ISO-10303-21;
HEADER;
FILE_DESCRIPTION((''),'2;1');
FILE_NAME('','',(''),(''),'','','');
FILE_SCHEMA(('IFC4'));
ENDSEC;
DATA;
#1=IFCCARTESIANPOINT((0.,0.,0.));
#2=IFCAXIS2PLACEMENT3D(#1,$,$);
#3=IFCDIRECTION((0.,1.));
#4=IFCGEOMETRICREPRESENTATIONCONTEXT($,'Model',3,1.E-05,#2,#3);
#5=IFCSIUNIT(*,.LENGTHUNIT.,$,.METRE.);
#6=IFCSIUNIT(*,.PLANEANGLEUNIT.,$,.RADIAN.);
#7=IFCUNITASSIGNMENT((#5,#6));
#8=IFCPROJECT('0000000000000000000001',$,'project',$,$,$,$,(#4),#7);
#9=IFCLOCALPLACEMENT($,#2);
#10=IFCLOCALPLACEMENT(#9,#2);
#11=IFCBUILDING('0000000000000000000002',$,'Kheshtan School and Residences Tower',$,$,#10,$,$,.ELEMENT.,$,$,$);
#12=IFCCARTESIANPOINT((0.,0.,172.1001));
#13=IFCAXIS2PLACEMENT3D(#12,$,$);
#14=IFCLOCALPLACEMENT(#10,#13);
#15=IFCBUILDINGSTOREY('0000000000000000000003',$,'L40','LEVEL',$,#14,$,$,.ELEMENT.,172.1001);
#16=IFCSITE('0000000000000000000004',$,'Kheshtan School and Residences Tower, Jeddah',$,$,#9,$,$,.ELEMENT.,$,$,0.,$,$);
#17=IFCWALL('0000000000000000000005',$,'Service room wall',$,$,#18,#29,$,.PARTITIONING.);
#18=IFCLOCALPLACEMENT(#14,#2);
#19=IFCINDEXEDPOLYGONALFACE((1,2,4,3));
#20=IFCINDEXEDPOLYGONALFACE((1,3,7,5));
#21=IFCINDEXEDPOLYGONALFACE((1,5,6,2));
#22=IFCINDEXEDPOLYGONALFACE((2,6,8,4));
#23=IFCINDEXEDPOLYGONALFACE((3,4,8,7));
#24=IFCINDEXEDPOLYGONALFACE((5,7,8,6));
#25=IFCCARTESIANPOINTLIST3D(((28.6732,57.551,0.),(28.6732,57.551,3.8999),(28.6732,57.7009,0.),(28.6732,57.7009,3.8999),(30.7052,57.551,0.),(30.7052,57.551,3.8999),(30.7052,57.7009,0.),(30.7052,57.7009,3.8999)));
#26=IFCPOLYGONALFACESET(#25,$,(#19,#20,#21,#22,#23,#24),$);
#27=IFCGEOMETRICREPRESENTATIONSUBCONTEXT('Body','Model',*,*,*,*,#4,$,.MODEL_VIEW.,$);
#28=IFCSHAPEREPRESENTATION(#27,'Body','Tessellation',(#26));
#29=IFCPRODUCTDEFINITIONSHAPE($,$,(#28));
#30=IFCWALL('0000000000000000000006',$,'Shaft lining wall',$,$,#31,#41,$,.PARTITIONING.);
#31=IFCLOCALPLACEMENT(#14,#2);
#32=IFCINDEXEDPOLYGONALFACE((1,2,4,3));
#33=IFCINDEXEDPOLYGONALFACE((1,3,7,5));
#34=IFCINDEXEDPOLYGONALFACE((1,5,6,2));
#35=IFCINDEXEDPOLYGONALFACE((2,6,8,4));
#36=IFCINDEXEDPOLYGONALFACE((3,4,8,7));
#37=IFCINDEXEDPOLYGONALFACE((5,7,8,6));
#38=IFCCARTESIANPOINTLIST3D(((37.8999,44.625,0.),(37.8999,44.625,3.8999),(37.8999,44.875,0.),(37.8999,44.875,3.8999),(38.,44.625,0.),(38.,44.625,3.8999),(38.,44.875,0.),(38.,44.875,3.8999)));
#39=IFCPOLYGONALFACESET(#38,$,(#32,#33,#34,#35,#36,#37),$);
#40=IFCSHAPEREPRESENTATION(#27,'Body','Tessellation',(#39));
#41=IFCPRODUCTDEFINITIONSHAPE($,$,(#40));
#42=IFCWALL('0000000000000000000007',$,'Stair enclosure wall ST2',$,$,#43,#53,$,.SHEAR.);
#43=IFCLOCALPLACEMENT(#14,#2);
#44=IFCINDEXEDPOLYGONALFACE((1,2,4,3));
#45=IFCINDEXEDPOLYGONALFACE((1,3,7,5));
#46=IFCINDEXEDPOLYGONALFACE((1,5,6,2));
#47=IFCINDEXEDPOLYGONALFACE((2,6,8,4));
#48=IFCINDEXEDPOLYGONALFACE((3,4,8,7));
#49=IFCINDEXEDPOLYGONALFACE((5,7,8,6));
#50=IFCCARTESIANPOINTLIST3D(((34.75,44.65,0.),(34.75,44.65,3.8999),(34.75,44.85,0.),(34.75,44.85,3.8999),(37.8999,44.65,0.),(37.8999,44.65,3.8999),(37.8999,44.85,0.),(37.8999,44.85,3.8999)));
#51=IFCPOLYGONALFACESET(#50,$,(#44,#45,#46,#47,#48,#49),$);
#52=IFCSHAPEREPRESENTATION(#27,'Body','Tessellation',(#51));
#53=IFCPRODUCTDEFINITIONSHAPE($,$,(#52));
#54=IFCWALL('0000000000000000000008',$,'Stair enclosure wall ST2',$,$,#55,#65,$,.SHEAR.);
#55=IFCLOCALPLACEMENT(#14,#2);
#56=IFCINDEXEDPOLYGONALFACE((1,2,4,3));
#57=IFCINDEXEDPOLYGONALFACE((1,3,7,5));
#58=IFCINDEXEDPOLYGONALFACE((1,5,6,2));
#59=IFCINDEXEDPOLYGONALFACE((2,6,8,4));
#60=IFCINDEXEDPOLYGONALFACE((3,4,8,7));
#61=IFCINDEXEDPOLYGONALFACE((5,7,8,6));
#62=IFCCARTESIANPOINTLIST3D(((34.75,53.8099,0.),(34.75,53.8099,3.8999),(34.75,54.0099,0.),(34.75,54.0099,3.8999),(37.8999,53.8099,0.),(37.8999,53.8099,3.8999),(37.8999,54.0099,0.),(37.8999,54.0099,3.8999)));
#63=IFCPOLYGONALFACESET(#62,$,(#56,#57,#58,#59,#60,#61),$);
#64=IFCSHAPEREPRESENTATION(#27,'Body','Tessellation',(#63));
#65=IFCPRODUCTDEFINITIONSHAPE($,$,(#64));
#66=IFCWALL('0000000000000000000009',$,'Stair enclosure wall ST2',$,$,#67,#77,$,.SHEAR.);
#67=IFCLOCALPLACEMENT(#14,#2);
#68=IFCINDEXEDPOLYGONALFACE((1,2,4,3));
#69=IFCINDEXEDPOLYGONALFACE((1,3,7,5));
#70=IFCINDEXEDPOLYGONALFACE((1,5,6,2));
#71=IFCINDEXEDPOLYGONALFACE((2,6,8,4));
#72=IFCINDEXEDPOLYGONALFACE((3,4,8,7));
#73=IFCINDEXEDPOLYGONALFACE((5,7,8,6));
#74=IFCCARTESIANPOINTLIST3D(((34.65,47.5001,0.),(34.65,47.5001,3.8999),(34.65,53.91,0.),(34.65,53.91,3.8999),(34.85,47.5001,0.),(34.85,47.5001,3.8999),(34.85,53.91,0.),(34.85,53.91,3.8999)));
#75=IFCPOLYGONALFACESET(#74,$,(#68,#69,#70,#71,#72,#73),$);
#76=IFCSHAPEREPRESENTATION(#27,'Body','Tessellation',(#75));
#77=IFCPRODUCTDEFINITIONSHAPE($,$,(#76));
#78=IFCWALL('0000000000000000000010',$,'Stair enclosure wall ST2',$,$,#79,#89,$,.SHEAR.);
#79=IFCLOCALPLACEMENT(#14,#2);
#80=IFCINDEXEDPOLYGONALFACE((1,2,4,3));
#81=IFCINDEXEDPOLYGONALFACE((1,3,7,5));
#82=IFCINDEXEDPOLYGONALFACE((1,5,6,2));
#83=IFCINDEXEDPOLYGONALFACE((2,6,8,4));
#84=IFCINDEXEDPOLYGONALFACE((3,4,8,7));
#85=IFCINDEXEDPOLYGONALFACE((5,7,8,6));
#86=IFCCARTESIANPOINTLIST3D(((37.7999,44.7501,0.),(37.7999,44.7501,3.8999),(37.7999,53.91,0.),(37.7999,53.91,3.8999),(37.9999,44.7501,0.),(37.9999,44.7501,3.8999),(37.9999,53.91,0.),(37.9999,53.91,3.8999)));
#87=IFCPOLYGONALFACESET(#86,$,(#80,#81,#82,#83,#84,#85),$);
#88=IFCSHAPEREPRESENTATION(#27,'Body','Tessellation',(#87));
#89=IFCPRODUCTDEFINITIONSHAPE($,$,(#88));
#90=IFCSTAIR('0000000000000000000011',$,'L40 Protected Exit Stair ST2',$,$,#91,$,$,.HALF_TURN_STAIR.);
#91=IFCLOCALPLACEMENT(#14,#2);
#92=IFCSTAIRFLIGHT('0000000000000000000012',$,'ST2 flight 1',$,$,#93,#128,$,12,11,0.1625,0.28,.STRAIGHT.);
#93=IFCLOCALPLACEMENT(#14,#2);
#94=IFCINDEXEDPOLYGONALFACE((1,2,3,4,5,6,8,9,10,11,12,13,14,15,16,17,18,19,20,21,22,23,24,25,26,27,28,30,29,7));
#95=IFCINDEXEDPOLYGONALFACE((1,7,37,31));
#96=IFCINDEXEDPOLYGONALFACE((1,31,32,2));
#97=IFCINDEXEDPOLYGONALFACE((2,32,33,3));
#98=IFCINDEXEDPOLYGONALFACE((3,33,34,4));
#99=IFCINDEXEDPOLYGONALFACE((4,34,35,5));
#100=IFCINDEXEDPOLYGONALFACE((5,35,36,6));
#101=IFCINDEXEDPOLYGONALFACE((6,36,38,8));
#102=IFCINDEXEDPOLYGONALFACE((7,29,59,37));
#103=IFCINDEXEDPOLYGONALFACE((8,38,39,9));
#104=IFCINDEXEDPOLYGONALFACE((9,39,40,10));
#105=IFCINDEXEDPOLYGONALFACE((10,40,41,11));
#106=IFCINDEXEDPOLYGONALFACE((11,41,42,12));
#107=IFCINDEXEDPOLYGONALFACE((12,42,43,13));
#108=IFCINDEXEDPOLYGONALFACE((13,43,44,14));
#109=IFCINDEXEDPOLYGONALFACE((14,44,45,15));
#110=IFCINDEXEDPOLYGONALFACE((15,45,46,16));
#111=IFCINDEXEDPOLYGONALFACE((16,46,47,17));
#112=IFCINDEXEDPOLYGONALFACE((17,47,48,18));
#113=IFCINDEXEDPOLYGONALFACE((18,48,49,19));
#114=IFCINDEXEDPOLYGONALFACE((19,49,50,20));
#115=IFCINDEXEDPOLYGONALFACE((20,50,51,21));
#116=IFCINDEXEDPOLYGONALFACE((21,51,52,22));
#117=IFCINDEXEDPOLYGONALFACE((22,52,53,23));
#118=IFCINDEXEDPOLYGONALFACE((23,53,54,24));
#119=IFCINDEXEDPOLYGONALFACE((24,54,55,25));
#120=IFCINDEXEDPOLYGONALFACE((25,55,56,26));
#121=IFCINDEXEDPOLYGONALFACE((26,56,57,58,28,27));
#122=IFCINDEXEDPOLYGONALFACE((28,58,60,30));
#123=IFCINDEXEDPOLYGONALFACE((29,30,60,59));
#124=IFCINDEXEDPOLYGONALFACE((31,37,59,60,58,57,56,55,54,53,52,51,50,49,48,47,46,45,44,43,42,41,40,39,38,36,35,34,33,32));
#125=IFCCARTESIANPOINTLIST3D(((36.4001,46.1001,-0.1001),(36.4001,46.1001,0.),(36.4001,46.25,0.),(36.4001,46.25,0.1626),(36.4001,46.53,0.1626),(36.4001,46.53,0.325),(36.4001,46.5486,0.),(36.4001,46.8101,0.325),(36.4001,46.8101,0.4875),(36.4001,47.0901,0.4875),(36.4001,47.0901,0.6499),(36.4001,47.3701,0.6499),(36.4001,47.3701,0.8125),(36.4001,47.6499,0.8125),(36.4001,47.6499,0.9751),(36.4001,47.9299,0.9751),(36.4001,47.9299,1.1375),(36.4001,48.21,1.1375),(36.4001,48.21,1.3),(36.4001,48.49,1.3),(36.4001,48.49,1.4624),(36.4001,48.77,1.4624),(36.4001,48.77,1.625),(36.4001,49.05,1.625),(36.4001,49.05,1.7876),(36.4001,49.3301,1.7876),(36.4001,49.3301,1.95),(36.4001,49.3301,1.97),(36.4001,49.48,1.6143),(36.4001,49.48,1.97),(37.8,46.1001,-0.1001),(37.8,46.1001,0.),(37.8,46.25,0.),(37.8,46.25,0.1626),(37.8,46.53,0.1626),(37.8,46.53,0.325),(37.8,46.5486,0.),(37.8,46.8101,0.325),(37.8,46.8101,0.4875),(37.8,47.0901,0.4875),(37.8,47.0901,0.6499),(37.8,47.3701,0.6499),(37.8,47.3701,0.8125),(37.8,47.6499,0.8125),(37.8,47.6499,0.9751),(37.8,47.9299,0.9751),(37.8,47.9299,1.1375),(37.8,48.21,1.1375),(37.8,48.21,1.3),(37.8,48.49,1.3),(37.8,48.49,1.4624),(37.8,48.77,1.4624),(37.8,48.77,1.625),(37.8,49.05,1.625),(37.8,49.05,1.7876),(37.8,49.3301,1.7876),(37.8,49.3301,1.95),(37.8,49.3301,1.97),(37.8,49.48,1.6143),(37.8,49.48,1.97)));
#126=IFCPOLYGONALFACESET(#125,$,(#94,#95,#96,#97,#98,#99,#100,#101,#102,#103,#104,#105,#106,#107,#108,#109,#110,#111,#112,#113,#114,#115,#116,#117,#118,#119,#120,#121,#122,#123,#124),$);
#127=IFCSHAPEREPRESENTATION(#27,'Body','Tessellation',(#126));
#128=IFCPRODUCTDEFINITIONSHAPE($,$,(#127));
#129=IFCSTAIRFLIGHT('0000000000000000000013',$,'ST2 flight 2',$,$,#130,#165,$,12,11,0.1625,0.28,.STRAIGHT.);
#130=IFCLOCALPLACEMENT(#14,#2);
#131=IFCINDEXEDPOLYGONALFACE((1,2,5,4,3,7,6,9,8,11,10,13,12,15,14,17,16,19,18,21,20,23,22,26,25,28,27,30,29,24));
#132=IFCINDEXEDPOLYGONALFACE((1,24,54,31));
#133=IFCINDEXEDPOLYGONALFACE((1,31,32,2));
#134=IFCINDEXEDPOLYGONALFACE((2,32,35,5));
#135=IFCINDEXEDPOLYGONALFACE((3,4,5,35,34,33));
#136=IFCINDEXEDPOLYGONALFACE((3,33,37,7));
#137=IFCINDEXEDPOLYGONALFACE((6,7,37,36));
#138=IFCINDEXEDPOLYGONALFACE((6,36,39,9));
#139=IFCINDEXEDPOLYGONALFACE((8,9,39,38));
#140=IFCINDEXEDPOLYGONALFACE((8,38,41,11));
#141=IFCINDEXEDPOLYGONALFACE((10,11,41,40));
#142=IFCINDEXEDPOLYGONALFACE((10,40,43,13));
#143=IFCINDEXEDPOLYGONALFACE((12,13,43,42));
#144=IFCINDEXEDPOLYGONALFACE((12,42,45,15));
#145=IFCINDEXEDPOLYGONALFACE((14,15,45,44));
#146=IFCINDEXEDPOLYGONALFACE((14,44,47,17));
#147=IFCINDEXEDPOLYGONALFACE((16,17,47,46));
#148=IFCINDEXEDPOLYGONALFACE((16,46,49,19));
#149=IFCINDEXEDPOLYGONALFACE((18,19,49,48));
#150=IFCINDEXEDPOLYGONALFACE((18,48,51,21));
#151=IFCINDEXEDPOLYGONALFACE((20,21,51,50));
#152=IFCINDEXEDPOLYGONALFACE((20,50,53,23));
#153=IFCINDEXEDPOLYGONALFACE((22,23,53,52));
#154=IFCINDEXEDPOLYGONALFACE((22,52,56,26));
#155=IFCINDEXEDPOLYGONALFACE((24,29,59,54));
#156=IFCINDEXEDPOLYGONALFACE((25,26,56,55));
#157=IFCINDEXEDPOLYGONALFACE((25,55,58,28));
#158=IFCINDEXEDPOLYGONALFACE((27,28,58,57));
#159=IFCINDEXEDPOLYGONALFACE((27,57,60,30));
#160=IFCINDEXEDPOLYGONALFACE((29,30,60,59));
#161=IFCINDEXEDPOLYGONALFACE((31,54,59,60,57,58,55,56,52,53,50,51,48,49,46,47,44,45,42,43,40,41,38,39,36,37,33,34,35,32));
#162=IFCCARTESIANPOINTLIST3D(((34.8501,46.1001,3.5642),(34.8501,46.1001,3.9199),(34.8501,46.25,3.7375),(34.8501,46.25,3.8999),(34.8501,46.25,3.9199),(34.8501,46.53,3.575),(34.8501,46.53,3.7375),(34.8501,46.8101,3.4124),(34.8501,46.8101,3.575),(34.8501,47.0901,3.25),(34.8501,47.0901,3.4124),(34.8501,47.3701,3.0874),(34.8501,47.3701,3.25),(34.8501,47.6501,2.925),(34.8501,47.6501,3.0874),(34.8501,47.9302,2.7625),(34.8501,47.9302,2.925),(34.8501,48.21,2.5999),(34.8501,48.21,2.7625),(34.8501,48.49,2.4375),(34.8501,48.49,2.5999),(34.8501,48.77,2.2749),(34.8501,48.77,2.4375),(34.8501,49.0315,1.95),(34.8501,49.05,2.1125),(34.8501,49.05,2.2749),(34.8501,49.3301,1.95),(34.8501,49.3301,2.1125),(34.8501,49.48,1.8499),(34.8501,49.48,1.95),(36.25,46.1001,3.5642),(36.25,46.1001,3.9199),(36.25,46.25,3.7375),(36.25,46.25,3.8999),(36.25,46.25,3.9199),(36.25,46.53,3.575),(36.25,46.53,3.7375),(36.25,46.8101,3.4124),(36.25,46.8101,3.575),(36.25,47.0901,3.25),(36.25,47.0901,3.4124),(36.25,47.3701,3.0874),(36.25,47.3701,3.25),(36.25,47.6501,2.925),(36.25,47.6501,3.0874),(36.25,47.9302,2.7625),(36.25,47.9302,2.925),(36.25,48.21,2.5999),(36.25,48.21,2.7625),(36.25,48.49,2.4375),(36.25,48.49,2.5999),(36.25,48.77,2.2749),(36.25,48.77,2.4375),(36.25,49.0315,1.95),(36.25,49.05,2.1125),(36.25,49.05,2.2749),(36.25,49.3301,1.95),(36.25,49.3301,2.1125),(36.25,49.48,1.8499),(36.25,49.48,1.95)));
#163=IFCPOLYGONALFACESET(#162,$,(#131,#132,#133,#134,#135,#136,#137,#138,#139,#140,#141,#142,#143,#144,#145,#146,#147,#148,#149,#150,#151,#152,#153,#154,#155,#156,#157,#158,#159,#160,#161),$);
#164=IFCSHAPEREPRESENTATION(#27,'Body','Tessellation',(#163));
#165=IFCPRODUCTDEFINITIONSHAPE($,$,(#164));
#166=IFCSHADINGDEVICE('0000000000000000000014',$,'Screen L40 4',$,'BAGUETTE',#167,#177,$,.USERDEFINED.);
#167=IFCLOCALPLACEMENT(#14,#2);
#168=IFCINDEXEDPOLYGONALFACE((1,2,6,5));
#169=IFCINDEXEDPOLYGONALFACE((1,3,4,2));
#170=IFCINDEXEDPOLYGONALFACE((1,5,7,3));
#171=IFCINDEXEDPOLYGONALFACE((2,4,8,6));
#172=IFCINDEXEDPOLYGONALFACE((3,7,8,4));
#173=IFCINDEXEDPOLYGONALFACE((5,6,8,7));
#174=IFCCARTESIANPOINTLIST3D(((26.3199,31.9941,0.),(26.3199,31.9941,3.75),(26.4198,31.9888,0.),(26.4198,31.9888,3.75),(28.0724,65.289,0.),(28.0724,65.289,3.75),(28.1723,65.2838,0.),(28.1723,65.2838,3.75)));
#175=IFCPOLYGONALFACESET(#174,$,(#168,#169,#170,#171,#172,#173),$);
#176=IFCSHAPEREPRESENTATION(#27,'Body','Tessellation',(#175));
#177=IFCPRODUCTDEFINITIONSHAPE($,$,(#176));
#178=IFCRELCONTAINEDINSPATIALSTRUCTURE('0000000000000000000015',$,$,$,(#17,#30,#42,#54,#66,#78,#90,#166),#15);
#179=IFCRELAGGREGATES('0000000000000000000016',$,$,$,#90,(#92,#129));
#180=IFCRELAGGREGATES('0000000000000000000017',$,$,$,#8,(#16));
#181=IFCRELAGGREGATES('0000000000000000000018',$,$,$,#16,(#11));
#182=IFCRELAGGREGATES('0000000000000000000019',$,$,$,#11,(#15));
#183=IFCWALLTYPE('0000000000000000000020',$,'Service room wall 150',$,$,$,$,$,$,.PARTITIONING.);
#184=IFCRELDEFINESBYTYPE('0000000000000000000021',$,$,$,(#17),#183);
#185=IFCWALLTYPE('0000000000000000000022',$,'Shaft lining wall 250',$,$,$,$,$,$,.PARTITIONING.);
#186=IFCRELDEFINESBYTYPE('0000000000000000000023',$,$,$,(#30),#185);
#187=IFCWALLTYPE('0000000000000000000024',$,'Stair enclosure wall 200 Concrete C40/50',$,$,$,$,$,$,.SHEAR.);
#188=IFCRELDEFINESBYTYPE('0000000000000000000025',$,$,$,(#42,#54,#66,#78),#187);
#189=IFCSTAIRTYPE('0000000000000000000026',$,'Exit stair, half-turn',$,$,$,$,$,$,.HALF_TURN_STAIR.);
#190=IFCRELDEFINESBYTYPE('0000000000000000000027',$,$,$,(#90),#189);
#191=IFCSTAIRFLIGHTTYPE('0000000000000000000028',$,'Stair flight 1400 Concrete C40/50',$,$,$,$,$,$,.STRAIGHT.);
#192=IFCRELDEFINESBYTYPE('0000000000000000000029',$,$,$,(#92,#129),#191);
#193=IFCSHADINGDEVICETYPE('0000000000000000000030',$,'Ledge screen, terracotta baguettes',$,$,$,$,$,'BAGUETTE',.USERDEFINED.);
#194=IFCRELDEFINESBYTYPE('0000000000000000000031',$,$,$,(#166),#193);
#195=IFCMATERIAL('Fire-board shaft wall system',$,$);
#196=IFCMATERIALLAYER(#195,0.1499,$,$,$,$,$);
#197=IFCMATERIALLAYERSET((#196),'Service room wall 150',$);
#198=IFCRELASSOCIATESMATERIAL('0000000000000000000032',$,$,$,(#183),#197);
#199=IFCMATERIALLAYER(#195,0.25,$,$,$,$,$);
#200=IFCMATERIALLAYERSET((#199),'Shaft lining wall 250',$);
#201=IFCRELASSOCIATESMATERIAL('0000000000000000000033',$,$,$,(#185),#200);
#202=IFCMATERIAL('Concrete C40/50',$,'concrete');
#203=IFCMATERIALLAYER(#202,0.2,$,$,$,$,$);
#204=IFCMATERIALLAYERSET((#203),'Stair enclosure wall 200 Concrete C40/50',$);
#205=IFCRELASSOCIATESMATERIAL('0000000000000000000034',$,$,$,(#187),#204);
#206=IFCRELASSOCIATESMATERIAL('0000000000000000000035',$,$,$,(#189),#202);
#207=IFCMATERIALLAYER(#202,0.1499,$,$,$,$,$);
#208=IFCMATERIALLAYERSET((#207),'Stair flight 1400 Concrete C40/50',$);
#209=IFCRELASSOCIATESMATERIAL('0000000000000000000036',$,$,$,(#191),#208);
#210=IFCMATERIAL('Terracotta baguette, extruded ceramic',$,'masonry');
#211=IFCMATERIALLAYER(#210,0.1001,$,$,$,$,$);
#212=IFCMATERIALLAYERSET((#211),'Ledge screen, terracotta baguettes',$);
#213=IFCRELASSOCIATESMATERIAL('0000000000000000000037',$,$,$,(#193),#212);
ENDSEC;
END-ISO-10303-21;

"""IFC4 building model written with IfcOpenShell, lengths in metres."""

from ifc_helpers import new_model, si_unit, direction, frame, frame_2d, origin, origin_2d, place, context, subcontext, project, spatial, polyline, rectangle, outline, extrude, material, layer, layer_set, type_object, element, aggregate, save


model = new_model("IFC4")

# Units and contexts
model_context = context("Model", 3, precision=1e-05, world=origin(), true_north=direction((0.0, 1.0)))
body_context = subcontext(model_context, "Body", "Model", "MODEL_VIEW")
ifc_project = project(units=[si_unit("LENGTHUNIT", "METRE"), si_unit("PLANEANGLEUNIT", "RADIAN")], contexts=[model_context])

# Site, building, storey
site_placement = place(None, origin())
site = spatial("IfcSite", under=ifc_project, at=site_placement, Name="Kheshtan School and Residences Tower, Jeddah", CompositionType="ELEMENT", RefElevation=0.0)
building_placement = place(site_placement, origin())
building = spatial("IfcBuilding", under=site, at=building_placement, Name="Kheshtan School and Residences Tower", CompositionType="ELEMENT")
storey_placement = place(building_placement, frame((0.0, 0.0, 172.1001)))
storey = spatial("IfcBuildingStorey", under=building, at=storey_placement, Name="L40", Description="LEVEL", CompositionType="ELEMENT", Elevation=172.1001)

# Shared definitions
ifc_material_1 = material(Name="Fire-board shaft wall system")
ifc_layer_1 = layer(ifc_material_1, 0.1499)
ifc_layer_set_1 = layer_set([ifc_layer_1], Name="Service room wall 150")
wall_type_1 = type_object("IfcWallType", Name="Service room wall 150", PredefinedType="PARTITIONING", material=ifc_layer_set_1)

# Walls
wall_1_placement = place(storey_placement, frame((28.6731, 57.626, 0.0), z_axis=(0.0, 0.0, 1.0), x_axis=(1.0, 0.0, 0.0)))
element("IfcWall", 1, at=wall_1_placement, inside=storey, type_object=wall_type_1, Name="Service room wall", PredefinedType="PARTITIONING", context=body_context, shape_type="SweptSolid", body=[
    extrude(rectangle(XDim=2.032, YDim=0.1499, at=frame_2d((1.0161, 0.0))), origin(), (0.0, 0.0, 1.0), 3.8999),
])
ifc_layer_2 = layer(ifc_material_1, 0.25)
ifc_layer_set_2 = layer_set([ifc_layer_2], Name="Shaft lining wall 250")
wall_type_2 = type_object("IfcWallType", Name="Shaft lining wall 250", PredefinedType="PARTITIONING", material=ifc_layer_set_2)
wall_2_placement = place(storey_placement, frame((37.8999, 44.75, 0.0), z_axis=(0.0, 0.0, 1.0), x_axis=(1.0, 0.0, 0.0)))
element("IfcWall", 2, at=wall_2_placement, inside=storey, type_object=wall_type_2, Name="Shaft lining wall", PredefinedType="PARTITIONING", context=body_context, shape_type="SweptSolid", body=[
    extrude(rectangle(XDim=0.1001, YDim=0.25, at=frame_2d((0.05, 0.0))), origin(), (0.0, 0.0, 1.0), 3.8999),
])
ifc_material_2 = material(Name="Concrete C40/50", Category="concrete")
ifc_layer_3 = layer(ifc_material_2, 0.2)
ifc_layer_set_3 = layer_set([ifc_layer_3], Name="Stair enclosure wall 200 Concrete C40/50")
wall_type_3 = type_object("IfcWallType", Name="Stair enclosure wall 200 Concrete C40/50", PredefinedType="SHEAR", material=ifc_layer_set_3)
for number, where, z_axis, x_axis, name in (
    (3, (34.75, 44.75, 0.0), (0.0, 0.0, 1.0), (1.0, 0.0, 0.0), "Stair enclosure wall ST2"),
    (4, (34.75, 53.9099, 0.0), (0.0, 0.0, 1.0), (1.0, 0.0, 0.0), "Stair enclosure wall ST2"),
):
    element("IfcWall", number, at=place(storey_placement, frame(where, z_axis=z_axis, x_axis=x_axis)), inside=storey, type_object=wall_type_3, Name=name, PredefinedType="SHEAR", context=body_context, shape_type="SweptSolid", body=[
        extrude(rectangle(XDim=3.1499, YDim=0.2, at=frame_2d((1.575, 0.0))), origin(), (0.0, 0.0, 1.0), 3.8999),
    ])
wall_3_placement = place(storey_placement, frame((34.75, 47.5, 0.0), z_axis=(0.0, 0.0, 1.0), x_axis=(0.0, 1.0, 0.0)))
element("IfcWall", 5, at=wall_3_placement, inside=storey, type_object=wall_type_3, Name="Stair enclosure wall ST2", PredefinedType="SHEAR", context=body_context, shape_type="SweptSolid", body=[
    extrude(rectangle(XDim=6.4099, YDim=0.2, at=frame_2d((3.2051, 0.0))), origin(), (0.0, 0.0, 1.0), 3.8999),
])
wall_4_placement = place(storey_placement, frame((37.8999, 44.75, 0.0), z_axis=(0.0, 0.0, 1.0), x_axis=(0.0, 1.0, 0.0)))
element("IfcWall", 6, at=wall_4_placement, inside=storey, type_object=wall_type_3, Name="Stair enclosure wall ST2", PredefinedType="SHEAR", context=body_context, shape_type="SweptSolid", body=[
    extrude(rectangle(XDim=9.1599, YDim=0.2, at=frame_2d((4.5801, 0.0))), origin(), (0.0, 0.0, 1.0), 3.8999),
])

# Stair, stair flights
stair_type = type_object("IfcStairType", Name="Exit stair, half-turn", PredefinedType="HALF_TURN_STAIR", material=ifc_material_2)
stair_placement = place(storey_placement, origin())
stair = element("IfcStair", 7, at=stair_placement, inside=storey, type_object=stair_type, Name="L40 Protected Exit Stair ST2", PredefinedType="HALF_TURN_STAIR")
ifc_layer_4 = layer(ifc_material_2, 0.1499)
ifc_layer_set_4 = layer_set([ifc_layer_4], Name="Stair flight 1400 Concrete C40/50")
stair_flight_type = type_object("IfcStairFlightType", Name="Stair flight 1400 Concrete C40/50", PredefinedType="STRAIGHT", material=ifc_layer_set_4)
stair_flight_1_placement = place(storey_placement, frame((37.1001, 46.25, 0.0), z_axis=(0.0, 0.0, 1.0), x_axis=(0.0, 1.0, 0.0)))
stair_flight_1 = element("IfcStairFlight", 8, at=stair_flight_1_placement, type_object=stair_flight_type, Name="ST2 flight 1", NumberOfRisers=12, NumberOfTreads=11, PredefinedType="STRAIGHT", RiserHeight=0.1625, TreadLength=0.28, context=body_context, shape_type="SweptSolid", body=[
    extrude(outline(polyline([(-0.1499, -0.1001), (-0.1499, 0.0), (0.0, 0.0), (0.0, 0.1626), (0.28, 0.1626), (0.28, 0.325), (0.5601, 0.325), (0.5601, 0.4875), (0.8401, 0.4875), (0.8401, 0.6499), (1.1201, 0.6499), (1.1201, 0.8125), (1.3999, 0.8125), (1.3999, 0.9751), (1.6799, 0.9751), (1.6799, 1.1375), (1.96, 1.1375), (1.96, 1.3), (2.24, 1.3), (2.24, 1.4624), (2.52, 1.4624), (2.52, 1.625), (2.8, 1.625), (2.8, 1.7876), (3.0801, 1.7876), (3.0801, 1.95), (3.0801, 1.97), (3.23, 1.97), (3.23, 1.6143), (0.2986, 0.0), (-0.1499, -0.1001)])), frame((0.0, 0.7, 0.0), z_axis=(0.0, -1.0, 0.0), x_axis=(1.0, 0.0, 0.0)), (0.0, 0.0, 1.0), 1.3999),
])
stair_flight_2_placement = place(storey_placement, frame((35.55, 49.3301, 1.95), z_axis=(0.0, 0.0, 1.0), x_axis=(0.0, -1.0, 0.0)))
stair_flight_2 = element("IfcStairFlight", 9, at=stair_flight_2_placement, type_object=stair_flight_type, Name="ST2 flight 2", NumberOfRisers=12, NumberOfTreads=11, PredefinedType="STRAIGHT", RiserHeight=0.1625, TreadLength=0.28, context=body_context, shape_type="SweptSolid", body=[
    extrude(outline(polyline([(-0.1499, -0.1001), (-0.1499, 0.0), (0.0, 0.0), (0.0, 0.1626), (0.28, 0.1626), (0.28, 0.325), (0.5601, 0.325), (0.5601, 0.4875), (0.8401, 0.4875), (0.8401, 0.6499), (1.1201, 0.6499), (1.1201, 0.8125), (1.3999, 0.8125), (1.3999, 0.9751), (1.6799, 0.9751), (1.6799, 1.1375), (1.96, 1.1375), (1.96, 1.3), (2.24, 1.3), (2.24, 1.4624), (2.52, 1.4624), (2.52, 1.625), (2.8, 1.625), (2.8, 1.7876), (3.0801, 1.7876), (3.0801, 1.95), (3.0801, 1.97), (3.23, 1.97), (3.23, 1.6143), (0.2986, 0.0), (-0.1499, -0.1001)])), frame((0.0, 0.7, 0.0), z_axis=(0.0, -1.0, 0.0), x_axis=(1.0, 0.0, 0.0)), (0.0, 0.0, 1.0), 1.3999),
])
aggregate(stair, [stair_flight_1, stair_flight_2])

# Shading device
ifc_material_3 = material(Name="Terracotta baguette, extruded ceramic", Category="masonry")
ifc_layer_5 = layer(ifc_material_3, 0.1001)
ifc_layer_set_5 = layer_set([ifc_layer_5], Name="Ledge screen, terracotta baguettes")
shading_device_type = type_object("IfcShadingDeviceType", Name="Ledge screen, terracotta baguettes", ElementType="BAGUETTE", PredefinedType="USERDEFINED", material=ifc_layer_set_5)
shading_device_placement = place(storey_placement, frame((27.2461, 48.6389, 0.0), z_axis=(0.0, 0.0, 1.0), x_axis=(0.052563, 0.998618, 0.0)))
element("IfcShadingDevice", 10, at=shading_device_placement, inside=storey, type_object=shading_device_type, Name="Screen L40 4", ObjectType="BAGUETTE", PredefinedType="USERDEFINED", context=body_context, shape_type="SweptSolid", body=[
    extrude(rectangle(XDim=33.3411, YDim=0.1001, at=origin_2d()), origin(), (0.0, 0.0, 1.0), 3.75),
])

save(model, "model.ifc")
